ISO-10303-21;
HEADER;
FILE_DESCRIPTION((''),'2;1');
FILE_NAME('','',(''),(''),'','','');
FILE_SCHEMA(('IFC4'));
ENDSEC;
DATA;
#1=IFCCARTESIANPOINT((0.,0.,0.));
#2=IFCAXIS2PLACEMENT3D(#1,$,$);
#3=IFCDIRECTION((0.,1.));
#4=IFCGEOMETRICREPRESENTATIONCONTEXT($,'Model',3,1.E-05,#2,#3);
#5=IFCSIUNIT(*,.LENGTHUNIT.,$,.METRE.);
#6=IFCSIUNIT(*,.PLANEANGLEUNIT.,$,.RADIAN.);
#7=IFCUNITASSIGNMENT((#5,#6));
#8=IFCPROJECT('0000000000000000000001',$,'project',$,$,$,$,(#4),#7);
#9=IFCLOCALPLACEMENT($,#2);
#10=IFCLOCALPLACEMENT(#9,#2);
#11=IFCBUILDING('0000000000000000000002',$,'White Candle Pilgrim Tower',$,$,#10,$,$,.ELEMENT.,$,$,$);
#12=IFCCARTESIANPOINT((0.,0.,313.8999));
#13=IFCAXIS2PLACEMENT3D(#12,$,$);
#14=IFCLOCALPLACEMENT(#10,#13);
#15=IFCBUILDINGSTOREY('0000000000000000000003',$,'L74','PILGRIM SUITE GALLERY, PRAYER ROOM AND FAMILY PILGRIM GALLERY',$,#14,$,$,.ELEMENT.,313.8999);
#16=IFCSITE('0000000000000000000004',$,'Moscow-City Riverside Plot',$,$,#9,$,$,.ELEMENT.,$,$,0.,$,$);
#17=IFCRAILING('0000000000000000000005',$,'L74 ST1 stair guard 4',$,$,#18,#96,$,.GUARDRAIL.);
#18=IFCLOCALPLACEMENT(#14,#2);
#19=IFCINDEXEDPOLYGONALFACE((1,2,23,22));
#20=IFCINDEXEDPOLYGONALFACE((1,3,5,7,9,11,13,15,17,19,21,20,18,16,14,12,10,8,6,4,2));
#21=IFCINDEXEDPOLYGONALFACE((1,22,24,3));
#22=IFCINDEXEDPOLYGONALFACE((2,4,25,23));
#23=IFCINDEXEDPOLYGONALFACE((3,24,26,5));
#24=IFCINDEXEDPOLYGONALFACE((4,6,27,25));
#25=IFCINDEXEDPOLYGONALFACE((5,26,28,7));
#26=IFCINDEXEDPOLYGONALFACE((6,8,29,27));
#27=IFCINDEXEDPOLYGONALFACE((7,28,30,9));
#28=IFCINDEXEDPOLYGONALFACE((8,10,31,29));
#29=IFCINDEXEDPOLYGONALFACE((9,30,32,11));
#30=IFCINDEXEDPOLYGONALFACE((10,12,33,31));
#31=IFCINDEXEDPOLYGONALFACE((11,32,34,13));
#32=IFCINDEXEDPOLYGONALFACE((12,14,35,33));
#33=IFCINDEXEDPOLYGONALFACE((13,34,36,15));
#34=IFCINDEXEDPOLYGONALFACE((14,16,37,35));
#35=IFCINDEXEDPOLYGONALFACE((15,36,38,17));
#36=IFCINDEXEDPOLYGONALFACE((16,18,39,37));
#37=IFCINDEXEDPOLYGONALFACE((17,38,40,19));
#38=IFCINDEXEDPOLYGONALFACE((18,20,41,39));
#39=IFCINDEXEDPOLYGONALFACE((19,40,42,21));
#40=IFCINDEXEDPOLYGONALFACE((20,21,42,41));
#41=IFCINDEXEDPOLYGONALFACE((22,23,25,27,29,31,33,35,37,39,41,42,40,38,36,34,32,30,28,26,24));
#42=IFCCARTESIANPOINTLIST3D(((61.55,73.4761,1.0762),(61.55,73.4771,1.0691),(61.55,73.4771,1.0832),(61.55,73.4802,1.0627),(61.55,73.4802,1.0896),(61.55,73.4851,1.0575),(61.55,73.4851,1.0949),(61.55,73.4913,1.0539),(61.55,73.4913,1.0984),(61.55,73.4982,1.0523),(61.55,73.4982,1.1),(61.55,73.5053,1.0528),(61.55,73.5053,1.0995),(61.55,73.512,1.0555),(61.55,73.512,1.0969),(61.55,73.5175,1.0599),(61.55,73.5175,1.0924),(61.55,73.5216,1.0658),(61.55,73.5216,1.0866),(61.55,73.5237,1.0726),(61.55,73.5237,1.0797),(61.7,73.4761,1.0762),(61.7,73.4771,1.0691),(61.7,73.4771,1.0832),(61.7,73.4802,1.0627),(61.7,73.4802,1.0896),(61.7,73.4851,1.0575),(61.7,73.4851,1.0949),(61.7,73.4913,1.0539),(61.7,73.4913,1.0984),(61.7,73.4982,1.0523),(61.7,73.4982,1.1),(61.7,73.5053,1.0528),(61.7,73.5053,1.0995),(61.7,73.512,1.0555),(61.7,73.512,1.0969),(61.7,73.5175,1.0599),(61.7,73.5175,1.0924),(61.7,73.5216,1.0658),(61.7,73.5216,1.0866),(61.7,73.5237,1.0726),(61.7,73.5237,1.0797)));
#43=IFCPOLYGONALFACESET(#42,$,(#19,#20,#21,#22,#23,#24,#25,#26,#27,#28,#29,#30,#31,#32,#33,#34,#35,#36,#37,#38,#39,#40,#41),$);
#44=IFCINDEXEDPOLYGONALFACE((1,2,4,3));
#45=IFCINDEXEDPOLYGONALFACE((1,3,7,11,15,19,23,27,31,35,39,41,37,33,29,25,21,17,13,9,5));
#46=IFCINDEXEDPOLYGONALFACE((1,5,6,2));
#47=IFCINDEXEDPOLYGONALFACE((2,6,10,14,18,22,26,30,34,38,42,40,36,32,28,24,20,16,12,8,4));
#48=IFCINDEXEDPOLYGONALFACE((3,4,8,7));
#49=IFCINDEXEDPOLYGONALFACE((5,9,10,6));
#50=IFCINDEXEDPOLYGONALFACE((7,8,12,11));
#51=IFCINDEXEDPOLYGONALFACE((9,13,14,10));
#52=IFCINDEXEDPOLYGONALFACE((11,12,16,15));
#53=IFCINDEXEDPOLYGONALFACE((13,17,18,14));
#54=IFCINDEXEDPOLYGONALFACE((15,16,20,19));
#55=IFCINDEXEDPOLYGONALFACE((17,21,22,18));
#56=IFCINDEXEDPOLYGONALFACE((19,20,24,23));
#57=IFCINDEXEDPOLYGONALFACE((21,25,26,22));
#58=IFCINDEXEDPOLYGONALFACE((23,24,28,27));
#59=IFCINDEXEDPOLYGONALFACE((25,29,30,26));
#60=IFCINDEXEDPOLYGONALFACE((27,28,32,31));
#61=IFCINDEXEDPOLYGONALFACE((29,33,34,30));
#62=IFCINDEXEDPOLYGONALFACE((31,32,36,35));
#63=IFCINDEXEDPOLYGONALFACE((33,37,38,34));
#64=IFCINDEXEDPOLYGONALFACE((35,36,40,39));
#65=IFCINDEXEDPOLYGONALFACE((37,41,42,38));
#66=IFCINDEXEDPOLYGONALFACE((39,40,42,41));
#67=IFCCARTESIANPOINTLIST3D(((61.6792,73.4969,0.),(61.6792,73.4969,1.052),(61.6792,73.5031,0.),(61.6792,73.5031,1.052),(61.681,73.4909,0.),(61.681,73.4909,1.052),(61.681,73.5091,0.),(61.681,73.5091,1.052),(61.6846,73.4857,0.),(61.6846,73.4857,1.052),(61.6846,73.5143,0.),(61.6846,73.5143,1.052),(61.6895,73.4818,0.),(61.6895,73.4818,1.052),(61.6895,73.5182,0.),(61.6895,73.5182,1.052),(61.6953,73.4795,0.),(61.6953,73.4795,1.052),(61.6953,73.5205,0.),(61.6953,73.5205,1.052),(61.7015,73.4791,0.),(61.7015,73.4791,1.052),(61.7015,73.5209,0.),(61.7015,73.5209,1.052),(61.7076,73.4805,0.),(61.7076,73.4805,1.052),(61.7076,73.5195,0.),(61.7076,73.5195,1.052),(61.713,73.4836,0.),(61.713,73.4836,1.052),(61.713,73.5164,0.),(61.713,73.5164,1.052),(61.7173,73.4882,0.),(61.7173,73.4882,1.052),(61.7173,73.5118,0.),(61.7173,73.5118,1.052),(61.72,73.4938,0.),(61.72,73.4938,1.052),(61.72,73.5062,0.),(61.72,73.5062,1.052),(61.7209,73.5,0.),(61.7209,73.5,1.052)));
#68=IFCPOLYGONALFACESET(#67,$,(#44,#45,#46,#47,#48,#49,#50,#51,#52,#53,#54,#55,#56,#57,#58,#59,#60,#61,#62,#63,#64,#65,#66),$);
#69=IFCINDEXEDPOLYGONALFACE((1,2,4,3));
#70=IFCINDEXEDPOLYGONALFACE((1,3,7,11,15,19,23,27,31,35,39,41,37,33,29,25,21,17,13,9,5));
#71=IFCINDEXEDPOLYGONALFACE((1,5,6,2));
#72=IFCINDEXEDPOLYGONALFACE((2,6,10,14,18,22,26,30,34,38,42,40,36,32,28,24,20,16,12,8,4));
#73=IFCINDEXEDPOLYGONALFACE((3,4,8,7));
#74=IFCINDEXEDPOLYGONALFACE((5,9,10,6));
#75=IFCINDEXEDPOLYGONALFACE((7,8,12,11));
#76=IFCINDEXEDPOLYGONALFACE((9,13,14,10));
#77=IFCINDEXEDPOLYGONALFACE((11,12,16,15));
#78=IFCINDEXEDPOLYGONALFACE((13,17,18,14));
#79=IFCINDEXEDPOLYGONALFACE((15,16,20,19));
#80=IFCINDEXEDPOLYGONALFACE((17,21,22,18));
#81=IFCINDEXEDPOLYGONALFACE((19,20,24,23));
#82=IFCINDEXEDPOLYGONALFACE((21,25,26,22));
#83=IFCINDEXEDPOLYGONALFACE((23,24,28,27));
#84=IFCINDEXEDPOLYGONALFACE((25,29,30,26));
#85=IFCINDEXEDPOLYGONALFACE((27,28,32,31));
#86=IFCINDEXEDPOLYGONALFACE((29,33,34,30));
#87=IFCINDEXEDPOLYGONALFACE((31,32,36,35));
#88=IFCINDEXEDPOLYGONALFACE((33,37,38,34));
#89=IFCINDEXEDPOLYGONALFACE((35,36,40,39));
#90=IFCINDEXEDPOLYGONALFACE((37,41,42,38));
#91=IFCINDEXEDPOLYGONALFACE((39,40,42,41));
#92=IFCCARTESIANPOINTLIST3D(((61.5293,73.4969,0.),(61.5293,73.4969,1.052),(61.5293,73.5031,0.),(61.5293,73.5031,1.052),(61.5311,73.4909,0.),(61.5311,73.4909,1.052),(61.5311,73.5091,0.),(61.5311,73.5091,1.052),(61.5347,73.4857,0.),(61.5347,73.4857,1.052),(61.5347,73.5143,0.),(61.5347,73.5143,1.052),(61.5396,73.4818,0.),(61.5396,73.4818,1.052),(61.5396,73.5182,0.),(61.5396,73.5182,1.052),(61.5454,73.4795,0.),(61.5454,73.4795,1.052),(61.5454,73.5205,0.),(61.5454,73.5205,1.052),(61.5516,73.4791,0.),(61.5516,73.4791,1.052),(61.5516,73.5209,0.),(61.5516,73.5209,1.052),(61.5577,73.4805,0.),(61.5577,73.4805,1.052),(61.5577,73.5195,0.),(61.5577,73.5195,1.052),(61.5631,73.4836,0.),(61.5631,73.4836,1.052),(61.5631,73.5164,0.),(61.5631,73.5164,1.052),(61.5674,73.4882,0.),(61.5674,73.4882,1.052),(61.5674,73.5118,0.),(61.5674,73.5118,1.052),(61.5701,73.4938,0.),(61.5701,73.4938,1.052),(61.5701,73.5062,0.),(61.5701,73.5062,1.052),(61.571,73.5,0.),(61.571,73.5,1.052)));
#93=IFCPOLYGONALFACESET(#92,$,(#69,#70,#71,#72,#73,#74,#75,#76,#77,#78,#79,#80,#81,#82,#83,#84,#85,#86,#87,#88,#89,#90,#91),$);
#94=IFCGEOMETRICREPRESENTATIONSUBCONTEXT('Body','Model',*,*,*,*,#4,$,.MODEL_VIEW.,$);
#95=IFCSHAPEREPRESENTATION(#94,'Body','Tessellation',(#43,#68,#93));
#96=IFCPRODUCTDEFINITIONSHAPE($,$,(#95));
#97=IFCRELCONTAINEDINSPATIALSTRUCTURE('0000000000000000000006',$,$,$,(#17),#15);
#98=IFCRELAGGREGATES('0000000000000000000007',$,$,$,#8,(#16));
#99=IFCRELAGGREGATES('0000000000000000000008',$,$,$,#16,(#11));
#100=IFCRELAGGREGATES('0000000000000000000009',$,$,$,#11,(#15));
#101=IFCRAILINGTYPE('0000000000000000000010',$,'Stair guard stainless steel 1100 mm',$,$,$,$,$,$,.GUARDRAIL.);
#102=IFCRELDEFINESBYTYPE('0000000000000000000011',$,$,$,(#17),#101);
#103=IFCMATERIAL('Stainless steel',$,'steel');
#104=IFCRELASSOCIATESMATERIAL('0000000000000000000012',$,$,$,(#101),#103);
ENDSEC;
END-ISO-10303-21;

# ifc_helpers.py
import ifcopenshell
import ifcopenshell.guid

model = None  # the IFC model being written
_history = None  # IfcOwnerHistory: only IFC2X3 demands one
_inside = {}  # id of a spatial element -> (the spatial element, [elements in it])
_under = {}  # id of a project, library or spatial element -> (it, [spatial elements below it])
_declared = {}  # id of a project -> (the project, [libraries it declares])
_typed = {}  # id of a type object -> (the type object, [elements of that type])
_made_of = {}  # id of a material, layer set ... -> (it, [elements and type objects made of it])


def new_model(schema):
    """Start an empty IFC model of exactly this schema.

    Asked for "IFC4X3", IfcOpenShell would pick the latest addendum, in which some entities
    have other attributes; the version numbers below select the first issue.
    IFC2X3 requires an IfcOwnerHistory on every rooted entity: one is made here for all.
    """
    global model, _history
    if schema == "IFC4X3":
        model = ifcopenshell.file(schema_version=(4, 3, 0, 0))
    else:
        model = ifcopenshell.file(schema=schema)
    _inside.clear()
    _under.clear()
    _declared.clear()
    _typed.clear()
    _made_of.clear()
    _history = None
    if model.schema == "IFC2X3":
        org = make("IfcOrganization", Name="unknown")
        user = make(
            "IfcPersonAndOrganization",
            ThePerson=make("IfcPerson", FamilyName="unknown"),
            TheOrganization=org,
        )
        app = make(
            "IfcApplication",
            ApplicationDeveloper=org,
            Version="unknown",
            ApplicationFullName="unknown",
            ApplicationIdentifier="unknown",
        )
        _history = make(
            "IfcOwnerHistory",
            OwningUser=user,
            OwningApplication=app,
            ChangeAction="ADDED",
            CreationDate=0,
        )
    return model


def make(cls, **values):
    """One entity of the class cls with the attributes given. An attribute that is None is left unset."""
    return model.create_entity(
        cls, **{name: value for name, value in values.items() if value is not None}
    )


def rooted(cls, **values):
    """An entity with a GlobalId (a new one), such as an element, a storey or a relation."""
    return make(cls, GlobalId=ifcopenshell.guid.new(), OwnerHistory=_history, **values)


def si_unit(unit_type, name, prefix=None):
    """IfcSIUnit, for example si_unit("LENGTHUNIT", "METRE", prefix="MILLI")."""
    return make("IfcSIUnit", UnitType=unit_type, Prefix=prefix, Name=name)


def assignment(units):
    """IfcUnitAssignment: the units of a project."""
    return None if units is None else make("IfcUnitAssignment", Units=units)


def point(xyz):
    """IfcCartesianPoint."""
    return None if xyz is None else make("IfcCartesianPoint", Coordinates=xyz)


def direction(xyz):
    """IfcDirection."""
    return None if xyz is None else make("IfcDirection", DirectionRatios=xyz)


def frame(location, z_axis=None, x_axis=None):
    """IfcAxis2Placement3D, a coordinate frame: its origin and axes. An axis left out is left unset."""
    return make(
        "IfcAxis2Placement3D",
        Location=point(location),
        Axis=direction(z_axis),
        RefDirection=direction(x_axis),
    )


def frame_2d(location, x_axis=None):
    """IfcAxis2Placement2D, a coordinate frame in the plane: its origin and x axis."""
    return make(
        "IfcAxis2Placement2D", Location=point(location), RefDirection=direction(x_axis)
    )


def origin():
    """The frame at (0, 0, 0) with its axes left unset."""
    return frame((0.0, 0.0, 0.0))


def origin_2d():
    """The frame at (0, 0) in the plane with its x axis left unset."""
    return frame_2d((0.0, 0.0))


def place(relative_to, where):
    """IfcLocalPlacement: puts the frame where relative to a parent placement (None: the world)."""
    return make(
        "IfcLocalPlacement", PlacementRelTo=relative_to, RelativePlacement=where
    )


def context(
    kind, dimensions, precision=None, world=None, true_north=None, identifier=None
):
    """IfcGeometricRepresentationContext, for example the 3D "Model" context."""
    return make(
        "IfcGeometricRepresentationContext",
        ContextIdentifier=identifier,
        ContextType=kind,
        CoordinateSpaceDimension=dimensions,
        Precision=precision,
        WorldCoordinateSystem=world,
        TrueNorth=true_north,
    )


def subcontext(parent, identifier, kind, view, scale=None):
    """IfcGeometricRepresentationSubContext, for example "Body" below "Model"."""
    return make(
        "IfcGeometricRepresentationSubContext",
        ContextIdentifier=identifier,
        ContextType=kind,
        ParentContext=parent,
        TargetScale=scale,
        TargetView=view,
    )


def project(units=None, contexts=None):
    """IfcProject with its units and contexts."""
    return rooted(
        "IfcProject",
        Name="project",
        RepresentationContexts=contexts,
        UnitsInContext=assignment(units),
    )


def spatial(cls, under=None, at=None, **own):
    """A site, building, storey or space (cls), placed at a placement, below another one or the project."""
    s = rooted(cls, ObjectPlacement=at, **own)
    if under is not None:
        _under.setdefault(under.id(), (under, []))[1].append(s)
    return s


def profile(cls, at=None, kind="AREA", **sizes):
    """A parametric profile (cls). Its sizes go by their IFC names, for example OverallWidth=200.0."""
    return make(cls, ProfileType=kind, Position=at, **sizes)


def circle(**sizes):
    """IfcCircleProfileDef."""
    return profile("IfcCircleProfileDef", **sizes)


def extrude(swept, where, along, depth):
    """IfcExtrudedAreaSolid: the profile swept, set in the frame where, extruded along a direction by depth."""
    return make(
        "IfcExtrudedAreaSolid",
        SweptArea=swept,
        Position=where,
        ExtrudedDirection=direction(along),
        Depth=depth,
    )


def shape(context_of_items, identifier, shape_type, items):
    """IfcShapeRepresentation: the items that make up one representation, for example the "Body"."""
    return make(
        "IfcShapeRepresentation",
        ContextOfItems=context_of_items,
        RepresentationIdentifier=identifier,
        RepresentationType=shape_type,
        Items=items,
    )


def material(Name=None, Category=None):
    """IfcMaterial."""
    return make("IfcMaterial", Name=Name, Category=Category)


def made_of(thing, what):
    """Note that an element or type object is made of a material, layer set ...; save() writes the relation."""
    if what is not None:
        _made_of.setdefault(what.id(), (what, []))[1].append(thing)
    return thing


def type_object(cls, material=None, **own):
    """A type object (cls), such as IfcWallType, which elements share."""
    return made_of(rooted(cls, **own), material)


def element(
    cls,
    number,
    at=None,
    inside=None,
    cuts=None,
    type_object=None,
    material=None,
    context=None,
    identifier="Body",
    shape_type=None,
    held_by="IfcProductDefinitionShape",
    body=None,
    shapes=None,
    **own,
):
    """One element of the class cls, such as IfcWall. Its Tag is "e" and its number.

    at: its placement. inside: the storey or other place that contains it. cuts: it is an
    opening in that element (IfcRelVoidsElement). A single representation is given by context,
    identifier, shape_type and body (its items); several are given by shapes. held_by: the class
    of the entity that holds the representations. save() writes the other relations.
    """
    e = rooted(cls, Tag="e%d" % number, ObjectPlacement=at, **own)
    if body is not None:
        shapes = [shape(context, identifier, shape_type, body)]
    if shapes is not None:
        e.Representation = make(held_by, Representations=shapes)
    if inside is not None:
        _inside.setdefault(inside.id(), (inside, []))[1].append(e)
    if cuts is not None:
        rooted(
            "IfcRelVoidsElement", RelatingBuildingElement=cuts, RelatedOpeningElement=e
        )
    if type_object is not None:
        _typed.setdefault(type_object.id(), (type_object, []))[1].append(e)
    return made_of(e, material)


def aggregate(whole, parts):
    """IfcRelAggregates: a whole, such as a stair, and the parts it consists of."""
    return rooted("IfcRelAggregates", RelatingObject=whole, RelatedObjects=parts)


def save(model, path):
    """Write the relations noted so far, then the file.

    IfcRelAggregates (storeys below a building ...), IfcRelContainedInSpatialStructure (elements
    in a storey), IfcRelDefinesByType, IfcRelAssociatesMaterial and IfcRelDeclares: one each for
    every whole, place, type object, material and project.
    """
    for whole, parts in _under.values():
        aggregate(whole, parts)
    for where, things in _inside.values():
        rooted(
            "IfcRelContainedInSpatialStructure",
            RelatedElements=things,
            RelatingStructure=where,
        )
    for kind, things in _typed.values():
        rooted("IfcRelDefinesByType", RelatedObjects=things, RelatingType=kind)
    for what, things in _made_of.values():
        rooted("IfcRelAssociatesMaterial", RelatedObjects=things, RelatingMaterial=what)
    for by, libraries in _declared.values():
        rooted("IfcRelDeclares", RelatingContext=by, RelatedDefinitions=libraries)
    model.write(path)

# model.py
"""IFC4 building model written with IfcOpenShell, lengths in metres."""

from ifc_helpers import new_model, si_unit, direction, frame, origin, origin_2d, place, context, subcontext, project, spatial, circle, extrude, material, type_object, element, save


model = new_model("IFC4")

# Units and contexts
model_context = context("Model", 3, precision=1e-05, world=origin(), true_north=direction((0.0, 1.0)))
body_context = subcontext(model_context, "Body", "Model", "MODEL_VIEW")
ifc_project = project(units=[si_unit("LENGTHUNIT", "METRE"), si_unit("PLANEANGLEUNIT", "RADIAN")], contexts=[model_context])

# Site, building, storey
site_placement = place(None, origin())
site = spatial("IfcSite", under=ifc_project, at=site_placement, Name="Moscow-City Riverside Plot", CompositionType="ELEMENT", RefElevation=0.0)
building_placement = place(site_placement, origin())
building = spatial("IfcBuilding", under=site, at=building_placement, Name="White Candle Pilgrim Tower", CompositionType="ELEMENT")
storey_placement = place(building_placement, frame((0.0, 0.0, 313.8999)))
storey = spatial("IfcBuildingStorey", under=building, at=storey_placement, Name="L74", Description="PILGRIM SUITE GALLERY, PRAYER ROOM AND FAMILY PILGRIM GALLERY", CompositionType="ELEMENT", Elevation=313.8999)

# Railing
ifc_material_1 = material(Name="Stainless steel", Category="steel")
railing_type_1 = type_object("IfcRailingType", Name="Stair guard stainless steel 1100 mm", PredefinedType="GUARDRAIL", material=ifc_material_1)
railing_1_placement = place(storey_placement, frame((61.7, 73.5, 0.0)))
element("IfcRailing", 1, at=railing_1_placement, inside=storey, type_object=railing_type_1, Name="L74 ST1 stair guard 4", PredefinedType="GUARDRAIL", context=body_context, shape_type="SweptSolid", body=[
    extrude(circle(Radius=0.0239, at=origin_2d()), frame((0.0, 0.0, 1.0762), z_axis=(-1.0, 0.0, 0.0), x_axis=(0.0, -1.0, 0.0)), (0.0, 0.0, 1.0), 0.1499),
    extrude(circle(Radius=0.021, at=origin_2d()), origin(), (0.0, 0.0, 1.0), 1.052),
    extrude(circle(Radius=0.021, at=origin_2d()), frame((-0.1499, 0.0, 0.0)), (0.0, 0.0, 1.0), 1.052),
])

save(model, "model.ifc")
